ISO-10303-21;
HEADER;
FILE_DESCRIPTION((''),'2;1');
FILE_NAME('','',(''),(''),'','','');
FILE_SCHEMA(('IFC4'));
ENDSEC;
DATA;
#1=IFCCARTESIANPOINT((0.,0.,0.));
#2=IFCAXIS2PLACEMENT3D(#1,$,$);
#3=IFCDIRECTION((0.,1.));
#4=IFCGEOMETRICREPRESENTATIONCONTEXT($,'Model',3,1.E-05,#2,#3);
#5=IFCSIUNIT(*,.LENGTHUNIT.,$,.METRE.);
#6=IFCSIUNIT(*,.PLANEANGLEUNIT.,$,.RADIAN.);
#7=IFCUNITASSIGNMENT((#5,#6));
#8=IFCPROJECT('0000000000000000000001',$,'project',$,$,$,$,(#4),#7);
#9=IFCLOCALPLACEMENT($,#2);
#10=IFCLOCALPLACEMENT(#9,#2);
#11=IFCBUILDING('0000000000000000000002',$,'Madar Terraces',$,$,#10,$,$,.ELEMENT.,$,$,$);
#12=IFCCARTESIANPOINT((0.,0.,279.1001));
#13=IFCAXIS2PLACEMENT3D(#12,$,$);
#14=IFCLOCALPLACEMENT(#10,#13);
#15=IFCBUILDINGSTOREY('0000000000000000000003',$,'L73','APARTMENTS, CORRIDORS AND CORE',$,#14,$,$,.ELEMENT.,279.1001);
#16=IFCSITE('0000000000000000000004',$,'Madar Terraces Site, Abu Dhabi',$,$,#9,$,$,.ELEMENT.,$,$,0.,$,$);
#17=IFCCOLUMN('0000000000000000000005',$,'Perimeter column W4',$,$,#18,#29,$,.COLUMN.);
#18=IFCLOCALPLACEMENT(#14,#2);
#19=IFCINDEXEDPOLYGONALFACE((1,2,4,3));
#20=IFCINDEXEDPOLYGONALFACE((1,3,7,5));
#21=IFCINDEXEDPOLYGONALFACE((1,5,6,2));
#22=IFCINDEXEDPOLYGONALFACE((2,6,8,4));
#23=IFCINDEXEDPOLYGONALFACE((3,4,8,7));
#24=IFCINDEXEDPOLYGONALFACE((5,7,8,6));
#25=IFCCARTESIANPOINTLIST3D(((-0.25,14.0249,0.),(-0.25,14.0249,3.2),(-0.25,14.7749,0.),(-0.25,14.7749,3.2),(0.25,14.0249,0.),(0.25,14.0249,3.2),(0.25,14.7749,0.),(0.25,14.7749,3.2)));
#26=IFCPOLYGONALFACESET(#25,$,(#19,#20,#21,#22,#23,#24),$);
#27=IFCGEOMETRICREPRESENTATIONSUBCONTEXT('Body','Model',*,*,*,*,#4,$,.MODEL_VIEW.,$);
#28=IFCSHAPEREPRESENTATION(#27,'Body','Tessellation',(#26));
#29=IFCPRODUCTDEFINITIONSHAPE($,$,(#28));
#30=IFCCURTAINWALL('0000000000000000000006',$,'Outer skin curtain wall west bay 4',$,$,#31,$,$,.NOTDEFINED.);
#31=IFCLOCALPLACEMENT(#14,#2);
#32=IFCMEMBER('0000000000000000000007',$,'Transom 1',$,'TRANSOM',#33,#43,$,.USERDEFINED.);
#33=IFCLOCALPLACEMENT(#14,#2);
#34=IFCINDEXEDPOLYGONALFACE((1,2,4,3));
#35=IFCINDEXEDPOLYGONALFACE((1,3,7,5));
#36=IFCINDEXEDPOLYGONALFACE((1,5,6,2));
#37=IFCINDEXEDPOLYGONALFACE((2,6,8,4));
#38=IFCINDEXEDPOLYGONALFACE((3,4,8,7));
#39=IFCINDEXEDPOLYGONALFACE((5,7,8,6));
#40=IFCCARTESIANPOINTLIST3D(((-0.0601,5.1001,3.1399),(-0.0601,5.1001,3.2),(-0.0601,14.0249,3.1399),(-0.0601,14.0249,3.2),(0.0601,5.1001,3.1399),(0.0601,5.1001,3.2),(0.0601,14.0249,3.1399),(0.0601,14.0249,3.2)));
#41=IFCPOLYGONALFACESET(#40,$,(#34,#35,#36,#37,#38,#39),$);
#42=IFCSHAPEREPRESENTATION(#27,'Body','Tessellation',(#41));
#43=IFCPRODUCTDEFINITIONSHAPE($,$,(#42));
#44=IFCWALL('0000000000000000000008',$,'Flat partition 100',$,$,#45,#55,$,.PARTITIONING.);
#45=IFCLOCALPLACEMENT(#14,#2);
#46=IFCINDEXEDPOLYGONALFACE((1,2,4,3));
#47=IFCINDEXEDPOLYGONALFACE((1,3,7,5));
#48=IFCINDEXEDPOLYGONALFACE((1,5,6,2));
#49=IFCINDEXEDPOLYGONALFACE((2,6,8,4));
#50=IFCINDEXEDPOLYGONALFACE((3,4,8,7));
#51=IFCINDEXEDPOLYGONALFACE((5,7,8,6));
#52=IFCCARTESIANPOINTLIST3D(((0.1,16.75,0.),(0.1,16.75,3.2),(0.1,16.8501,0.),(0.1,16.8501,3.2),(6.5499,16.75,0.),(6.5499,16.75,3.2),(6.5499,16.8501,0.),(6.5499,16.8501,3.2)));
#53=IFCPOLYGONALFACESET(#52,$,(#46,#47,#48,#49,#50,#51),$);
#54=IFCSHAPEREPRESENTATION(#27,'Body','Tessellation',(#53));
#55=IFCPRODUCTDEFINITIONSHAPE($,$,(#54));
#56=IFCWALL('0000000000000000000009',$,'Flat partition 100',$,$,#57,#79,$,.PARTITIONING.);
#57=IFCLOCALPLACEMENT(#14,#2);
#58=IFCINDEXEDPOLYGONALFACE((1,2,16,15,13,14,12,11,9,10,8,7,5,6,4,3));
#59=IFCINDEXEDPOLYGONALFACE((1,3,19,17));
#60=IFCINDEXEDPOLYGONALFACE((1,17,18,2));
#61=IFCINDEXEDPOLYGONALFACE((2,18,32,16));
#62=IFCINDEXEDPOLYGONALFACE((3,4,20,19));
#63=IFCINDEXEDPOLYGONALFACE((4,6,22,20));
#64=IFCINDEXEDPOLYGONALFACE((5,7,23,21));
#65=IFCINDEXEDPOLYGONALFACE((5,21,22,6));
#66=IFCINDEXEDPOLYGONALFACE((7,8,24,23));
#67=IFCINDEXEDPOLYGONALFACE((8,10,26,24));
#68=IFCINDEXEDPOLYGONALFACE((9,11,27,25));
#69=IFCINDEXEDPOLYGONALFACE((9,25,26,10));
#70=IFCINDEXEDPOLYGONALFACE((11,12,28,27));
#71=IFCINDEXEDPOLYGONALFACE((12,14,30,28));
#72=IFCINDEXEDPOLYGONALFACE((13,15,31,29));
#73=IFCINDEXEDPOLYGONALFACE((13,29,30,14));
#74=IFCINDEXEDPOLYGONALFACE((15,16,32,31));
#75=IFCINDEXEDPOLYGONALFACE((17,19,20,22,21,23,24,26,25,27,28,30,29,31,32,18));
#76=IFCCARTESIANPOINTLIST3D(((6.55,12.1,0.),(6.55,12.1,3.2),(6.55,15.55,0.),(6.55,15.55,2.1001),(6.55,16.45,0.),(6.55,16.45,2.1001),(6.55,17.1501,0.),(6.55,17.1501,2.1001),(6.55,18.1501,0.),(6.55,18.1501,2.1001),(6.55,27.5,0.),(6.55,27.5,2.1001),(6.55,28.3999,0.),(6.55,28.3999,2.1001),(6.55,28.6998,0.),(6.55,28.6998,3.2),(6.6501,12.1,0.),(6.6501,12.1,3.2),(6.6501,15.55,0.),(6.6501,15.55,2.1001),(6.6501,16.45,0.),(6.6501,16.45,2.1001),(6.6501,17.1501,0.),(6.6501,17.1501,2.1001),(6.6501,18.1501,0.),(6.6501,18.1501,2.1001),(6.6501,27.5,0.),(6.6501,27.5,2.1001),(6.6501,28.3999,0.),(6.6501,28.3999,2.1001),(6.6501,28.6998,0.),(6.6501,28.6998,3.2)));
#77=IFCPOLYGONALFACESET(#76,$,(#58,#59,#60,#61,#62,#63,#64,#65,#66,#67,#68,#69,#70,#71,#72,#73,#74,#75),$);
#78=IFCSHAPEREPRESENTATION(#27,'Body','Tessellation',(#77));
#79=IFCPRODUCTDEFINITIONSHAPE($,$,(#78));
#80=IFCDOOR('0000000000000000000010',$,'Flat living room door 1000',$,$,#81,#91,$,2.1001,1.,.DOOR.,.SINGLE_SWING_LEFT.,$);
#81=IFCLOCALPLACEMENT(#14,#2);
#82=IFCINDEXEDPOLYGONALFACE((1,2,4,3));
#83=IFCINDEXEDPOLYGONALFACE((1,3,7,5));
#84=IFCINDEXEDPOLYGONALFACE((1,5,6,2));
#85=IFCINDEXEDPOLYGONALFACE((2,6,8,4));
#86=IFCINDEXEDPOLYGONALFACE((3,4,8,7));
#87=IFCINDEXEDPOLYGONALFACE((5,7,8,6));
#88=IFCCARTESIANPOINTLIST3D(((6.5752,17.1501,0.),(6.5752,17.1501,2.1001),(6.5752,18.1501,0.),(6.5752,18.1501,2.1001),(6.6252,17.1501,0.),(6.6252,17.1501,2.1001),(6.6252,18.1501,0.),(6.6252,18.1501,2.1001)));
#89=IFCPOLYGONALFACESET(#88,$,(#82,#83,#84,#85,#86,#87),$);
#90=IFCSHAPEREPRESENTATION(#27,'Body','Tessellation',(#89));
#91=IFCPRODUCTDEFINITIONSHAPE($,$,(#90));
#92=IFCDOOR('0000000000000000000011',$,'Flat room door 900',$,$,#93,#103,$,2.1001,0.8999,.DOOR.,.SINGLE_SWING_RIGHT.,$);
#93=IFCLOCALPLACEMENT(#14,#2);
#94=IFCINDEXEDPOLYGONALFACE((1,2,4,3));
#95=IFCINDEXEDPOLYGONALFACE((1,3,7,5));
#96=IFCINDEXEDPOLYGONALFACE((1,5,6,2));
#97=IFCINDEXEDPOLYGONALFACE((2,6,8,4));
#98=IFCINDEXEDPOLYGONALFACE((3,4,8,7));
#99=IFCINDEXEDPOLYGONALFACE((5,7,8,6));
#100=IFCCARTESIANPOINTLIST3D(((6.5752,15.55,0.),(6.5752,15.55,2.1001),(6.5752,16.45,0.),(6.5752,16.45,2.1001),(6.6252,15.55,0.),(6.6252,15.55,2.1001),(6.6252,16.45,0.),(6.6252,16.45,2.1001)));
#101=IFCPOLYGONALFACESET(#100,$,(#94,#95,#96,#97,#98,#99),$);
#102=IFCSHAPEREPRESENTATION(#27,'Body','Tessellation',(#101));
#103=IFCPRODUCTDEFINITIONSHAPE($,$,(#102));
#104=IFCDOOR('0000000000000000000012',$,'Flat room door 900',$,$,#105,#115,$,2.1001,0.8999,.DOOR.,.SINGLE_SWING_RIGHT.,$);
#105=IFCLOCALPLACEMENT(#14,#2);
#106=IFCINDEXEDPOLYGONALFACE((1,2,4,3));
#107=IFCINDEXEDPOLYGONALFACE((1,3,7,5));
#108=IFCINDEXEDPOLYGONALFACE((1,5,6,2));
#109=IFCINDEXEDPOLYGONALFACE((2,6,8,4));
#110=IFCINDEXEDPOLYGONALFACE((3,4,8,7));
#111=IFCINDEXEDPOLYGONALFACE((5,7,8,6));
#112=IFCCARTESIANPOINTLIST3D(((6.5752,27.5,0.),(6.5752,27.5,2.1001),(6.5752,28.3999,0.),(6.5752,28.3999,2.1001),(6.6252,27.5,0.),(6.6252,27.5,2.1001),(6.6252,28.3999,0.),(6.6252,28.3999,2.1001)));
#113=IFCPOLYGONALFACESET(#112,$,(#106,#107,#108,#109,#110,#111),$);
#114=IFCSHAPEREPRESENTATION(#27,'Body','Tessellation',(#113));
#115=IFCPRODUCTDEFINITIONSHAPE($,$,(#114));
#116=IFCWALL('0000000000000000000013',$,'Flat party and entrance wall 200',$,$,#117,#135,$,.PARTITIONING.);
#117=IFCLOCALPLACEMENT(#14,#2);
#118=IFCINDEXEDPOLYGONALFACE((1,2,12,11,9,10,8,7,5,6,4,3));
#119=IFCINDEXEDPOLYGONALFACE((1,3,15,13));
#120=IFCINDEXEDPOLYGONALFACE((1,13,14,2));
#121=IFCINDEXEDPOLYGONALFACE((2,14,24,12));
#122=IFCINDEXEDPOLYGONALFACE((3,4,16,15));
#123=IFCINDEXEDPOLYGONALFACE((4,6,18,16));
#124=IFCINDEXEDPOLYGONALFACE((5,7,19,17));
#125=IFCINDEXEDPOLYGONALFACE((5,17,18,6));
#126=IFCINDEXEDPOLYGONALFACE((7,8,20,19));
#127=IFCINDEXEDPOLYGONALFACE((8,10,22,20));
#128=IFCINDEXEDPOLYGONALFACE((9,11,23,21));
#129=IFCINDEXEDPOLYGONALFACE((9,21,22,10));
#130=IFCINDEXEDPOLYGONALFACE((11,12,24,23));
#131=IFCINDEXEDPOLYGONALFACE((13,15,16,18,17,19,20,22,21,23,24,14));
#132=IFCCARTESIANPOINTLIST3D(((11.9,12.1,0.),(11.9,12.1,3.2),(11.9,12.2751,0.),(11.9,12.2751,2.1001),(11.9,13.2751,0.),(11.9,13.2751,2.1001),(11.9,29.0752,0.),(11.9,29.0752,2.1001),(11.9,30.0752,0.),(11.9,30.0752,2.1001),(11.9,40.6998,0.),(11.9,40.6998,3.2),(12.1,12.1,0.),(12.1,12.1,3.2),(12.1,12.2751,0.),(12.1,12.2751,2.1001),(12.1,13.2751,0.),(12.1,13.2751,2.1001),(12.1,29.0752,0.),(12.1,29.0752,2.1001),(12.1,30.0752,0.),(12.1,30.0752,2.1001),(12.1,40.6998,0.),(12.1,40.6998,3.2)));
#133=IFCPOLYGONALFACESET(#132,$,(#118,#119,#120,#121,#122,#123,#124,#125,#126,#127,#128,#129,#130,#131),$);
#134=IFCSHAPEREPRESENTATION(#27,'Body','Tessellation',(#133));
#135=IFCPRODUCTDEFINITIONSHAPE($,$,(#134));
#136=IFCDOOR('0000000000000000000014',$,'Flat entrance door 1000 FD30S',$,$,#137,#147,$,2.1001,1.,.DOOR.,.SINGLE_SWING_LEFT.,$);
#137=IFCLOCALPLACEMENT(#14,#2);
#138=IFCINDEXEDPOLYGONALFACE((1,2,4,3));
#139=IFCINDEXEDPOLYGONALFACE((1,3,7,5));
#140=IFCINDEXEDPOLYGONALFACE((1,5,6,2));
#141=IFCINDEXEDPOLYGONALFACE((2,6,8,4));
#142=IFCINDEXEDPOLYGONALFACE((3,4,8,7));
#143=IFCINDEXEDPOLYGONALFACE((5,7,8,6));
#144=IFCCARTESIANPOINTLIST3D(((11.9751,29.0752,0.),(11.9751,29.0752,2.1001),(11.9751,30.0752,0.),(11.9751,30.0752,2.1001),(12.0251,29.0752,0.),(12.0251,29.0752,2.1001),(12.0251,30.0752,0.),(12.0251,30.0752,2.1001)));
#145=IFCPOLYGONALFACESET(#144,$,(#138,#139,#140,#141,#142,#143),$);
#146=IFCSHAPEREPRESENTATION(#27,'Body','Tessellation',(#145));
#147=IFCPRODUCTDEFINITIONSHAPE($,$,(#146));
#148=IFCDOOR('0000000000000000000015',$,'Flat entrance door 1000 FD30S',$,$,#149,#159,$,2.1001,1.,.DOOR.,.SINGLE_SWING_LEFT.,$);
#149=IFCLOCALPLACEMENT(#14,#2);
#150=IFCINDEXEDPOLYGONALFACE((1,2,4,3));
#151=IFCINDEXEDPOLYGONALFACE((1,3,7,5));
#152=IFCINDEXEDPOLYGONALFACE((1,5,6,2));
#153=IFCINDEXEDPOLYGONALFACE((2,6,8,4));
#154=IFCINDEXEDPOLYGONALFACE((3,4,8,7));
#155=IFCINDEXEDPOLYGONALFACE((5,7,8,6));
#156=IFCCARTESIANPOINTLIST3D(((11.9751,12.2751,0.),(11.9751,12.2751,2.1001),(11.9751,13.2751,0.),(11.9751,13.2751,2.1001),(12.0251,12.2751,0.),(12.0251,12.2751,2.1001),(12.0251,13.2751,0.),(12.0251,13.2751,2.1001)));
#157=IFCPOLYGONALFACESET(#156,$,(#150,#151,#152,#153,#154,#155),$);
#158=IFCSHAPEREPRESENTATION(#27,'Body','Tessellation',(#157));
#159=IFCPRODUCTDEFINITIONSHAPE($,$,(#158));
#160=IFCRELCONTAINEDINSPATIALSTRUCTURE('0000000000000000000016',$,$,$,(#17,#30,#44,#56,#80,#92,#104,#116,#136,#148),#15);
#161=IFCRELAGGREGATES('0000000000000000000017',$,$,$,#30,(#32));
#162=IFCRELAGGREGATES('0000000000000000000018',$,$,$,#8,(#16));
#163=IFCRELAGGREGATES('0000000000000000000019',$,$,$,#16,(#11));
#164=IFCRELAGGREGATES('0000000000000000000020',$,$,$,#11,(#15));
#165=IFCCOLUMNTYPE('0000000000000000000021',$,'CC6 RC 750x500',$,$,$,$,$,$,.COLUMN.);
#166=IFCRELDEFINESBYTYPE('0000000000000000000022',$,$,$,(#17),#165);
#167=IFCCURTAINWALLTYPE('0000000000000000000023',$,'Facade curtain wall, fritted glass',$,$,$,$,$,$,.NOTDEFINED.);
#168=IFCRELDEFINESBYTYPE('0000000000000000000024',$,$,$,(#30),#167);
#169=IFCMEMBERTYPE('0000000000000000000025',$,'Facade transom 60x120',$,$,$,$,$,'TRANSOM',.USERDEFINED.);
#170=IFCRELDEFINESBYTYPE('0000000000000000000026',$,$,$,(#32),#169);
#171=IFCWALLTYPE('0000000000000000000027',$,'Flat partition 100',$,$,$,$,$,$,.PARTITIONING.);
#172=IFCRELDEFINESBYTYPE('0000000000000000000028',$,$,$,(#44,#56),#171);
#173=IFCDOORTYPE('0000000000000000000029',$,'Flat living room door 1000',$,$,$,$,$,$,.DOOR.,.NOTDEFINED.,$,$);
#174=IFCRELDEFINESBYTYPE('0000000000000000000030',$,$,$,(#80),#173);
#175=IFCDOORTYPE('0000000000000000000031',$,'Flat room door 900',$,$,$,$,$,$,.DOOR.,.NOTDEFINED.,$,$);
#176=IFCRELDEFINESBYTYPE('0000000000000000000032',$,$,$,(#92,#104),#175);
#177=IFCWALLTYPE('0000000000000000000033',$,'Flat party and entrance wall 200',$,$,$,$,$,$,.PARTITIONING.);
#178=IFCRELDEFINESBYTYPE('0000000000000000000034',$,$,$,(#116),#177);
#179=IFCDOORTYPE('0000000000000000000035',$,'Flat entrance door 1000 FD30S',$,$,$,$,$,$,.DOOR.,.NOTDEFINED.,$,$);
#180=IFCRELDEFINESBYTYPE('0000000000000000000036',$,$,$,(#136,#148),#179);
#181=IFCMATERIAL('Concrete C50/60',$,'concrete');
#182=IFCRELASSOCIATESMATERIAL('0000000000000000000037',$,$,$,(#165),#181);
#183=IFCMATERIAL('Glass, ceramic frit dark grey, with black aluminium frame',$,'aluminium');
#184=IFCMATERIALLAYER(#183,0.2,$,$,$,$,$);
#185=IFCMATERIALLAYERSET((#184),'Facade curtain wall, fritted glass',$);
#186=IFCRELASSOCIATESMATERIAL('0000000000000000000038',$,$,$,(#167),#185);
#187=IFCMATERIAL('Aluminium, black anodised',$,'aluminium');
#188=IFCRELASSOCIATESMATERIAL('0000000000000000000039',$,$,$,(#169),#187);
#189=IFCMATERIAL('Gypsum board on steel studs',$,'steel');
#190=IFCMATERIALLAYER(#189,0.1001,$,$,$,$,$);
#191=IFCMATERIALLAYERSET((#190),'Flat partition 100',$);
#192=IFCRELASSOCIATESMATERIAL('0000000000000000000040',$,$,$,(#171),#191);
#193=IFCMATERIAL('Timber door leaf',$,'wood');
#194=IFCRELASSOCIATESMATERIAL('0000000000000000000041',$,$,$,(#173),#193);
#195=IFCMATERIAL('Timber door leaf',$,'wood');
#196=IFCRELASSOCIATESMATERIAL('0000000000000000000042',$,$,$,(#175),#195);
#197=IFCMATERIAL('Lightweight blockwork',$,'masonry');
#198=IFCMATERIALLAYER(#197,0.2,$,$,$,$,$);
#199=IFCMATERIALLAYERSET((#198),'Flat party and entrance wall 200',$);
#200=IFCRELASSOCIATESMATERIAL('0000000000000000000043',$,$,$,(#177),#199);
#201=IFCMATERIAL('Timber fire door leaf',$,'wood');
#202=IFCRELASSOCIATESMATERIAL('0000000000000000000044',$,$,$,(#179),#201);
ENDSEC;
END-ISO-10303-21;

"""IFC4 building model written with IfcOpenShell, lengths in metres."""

from ifc_helpers import new_model, si_unit, direction, frame, frame_2d, origin, origin_2d, place, context, subcontext, project, spatial, rectangle, extrude, material, layer, layer_set, material_profile, profile_set, type_object, element, fill, aggregate, save


model = new_model("IFC4")

# Units and contexts
model_context = context("Model", 3, precision=1e-05, world=origin(), true_north=direction((0.0, 1.0)))
body_context = subcontext(model_context, "Body", "Model", "MODEL_VIEW")
ifc_project = project(units=[si_unit("LENGTHUNIT", "METRE"), si_unit("PLANEANGLEUNIT", "RADIAN")], contexts=[model_context])

# Site, building, storey
site_placement = place(None, origin())
site = spatial("IfcSite", under=ifc_project, at=site_placement, Name="Madar Terraces Site, Abu Dhabi", CompositionType="ELEMENT", RefElevation=0.0)
building_placement = place(site_placement, origin())
building = spatial("IfcBuilding", under=site, at=building_placement, Name="Madar Terraces", CompositionType="ELEMENT")
storey_placement = place(building_placement, frame((0.0, 0.0, 279.1001)))
storey = spatial("IfcBuildingStorey", under=building, at=storey_placement, Name="L73", Description="APARTMENTS, CORRIDORS AND CORE", CompositionType="ELEMENT", Elevation=279.1001)

# Column
ifc_material_1 = material(Name="Concrete C50/60", Category="concrete")
ifc_material_profile_1 = material_profile(ifc_material_1, rectangle(XDim=0.75, YDim=0.5, at=origin_2d()), Name="CC6 RC 750x500")
ifc_profile_set_1 = profile_set([ifc_material_profile_1], Name="Concrete C50/60")
column_type = type_object("IfcColumnType", Name="CC6 RC 750x500", PredefinedType="COLUMN", material=ifc_profile_set_1)
column_placement = place(storey_placement, frame((0.0, 14.3999, 0.0), z_axis=(0.0, 0.0, 1.0), x_axis=(0.0, 1.0, 0.0)))
element("IfcColumn", 1, at=column_placement, inside=storey, type_object=column_type, Name="Perimeter column W4", PredefinedType="COLUMN", context=body_context, shape_type="SweptSolid", body=[
    extrude(rectangle(XDim=0.75, YDim=0.5, at=origin_2d()), origin(), (0.0, 0.0, 1.0), 3.2),
])

# Curtain wall, member
ifc_material_2 = material(Name="Glass, ceramic frit dark grey, with black aluminium frame", Category="aluminium")
ifc_layer_1 = layer(ifc_material_2, 0.2)
ifc_layer_set_1 = layer_set([ifc_layer_1], Name="Facade curtain wall, fritted glass")
curtain_wall_type = type_object("IfcCurtainWallType", Name="Facade curtain wall, fritted glass", PredefinedType="NOTDEFINED", material=ifc_layer_set_1)
curtain_wall_placement = place(storey_placement, origin())
curtain_wall = element("IfcCurtainWall", 2, at=curtain_wall_placement, inside=storey, type_object=curtain_wall_type, Name="Outer skin curtain wall west bay 4", PredefinedType="NOTDEFINED")
ifc_material_3 = material(Name="Aluminium, black anodised", Category="aluminium")
ifc_material_profile_2 = material_profile(ifc_material_3, rectangle(XDim=0.1201, YDim=0.0601, at=origin_2d()), Name="Facade transom 60x120")
ifc_profile_set_2 = profile_set([ifc_material_profile_2], Name="Aluminium, black anodised")
member_type = type_object("IfcMemberType", Name="Facade transom 60x120", ElementType="TRANSOM", PredefinedType="USERDEFINED", material=ifc_profile_set_2)
member_placement = place(storey_placement, frame((0.0, 14.0249, 3.1699), z_axis=(0.0, -1.0, 0.0), x_axis=(1.0, 0.0, 0.0)))
member = element("IfcMember", 3, at=member_placement, type_object=member_type, Name="Transom 1", ObjectType="TRANSOM", PredefinedType="USERDEFINED", context=body_context, shape_type="SweptSolid", body=[
    extrude(rectangle(XDim=0.1201, YDim=0.0601, at=origin_2d()), origin(), (0.0, 0.0, 1.0), 8.9248),
])
aggregate(curtain_wall, [member])

# Wall
ifc_material_4 = material(Name="Gypsum board on steel studs", Category="steel")
ifc_layer_2 = layer(ifc_material_4, 0.1001)
ifc_layer_set_2 = layer_set([ifc_layer_2], Name="Flat partition 100")
wall_type_1 = type_object("IfcWallType", Name="Flat partition 100", PredefinedType="PARTITIONING", material=ifc_layer_set_2)
wall_1_placement = place(storey_placement, frame((6.55, 16.8, 0.0), z_axis=(0.0, 0.0, 1.0), x_axis=(-1.0, 0.0, 0.0)))
element("IfcWall", 4, at=wall_1_placement, inside=storey, type_object=wall_type_1, Name="Flat partition 100", PredefinedType="PARTITIONING", context=body_context, shape_type="SweptSolid", body=[
    extrude(rectangle(XDim=6.45, YDim=0.1001, at=frame_2d((3.2251, 0.0))), origin(), (0.0, 0.0, 1.0), 3.2),
])

# Walls, openings, doors
wall_2_placement = place(storey_placement, frame((6.6001, 12.1001, 0.0), z_axis=(0.0, 0.0, 1.0), x_axis=(0.0, 1.0, 0.0)))
wall_2 = element("IfcWall", 5, at=wall_2_placement, inside=storey, type_object=wall_type_1, Name="Flat partition 100", PredefinedType="PARTITIONING", context=body_context, shape_type="SweptSolid", body=[
    extrude(rectangle(XDim=16.5999, YDim=0.1001, at=frame_2d((8.2998, 0.0))), origin(), (0.0, 0.0, 1.0), 3.2),
])
opening_1_placement = place(wall_2_placement, frame((3.45, 0.0, 0.0)))
opening_1 = element("IfcOpeningElement", 6, at=opening_1_placement, cuts=wall_2, PredefinedType="OPENING", context=body_context, shape_type="SweptSolid", body=[
    extrude(rectangle(XDim=0.8999, YDim=2.1001, at=frame_2d((0.45, 1.05))), frame((0.0, 0.0601, 0.0), z_axis=(0.0, -1.0, 0.0), x_axis=(1.0, 0.0, 0.0)), (0.0, 0.0, 1.0), 0.1201),
])
opening_2_placement = place(wall_2_placement, frame((5.05, 0.0, 0.0)))
opening_2 = element("IfcOpeningElement", 7, at=opening_2_placement, cuts=wall_2, PredefinedType="OPENING", context=body_context, shape_type="SweptSolid", body=[
    extrude(rectangle(XDim=1.0, YDim=2.1001, at=frame_2d((0.5, 1.05))), frame((0.0, 0.0601, 0.0), z_axis=(0.0, -1.0, 0.0), x_axis=(1.0, 0.0, 0.0)), (0.0, 0.0, 1.0), 0.1201),
])
opening_3_placement = place(wall_2_placement, frame((15.3999, 0.0, 0.0)))
opening_3 = element("IfcOpeningElement", 8, at=opening_3_placement, cuts=wall_2, PredefinedType="OPENING", context=body_context, shape_type="SweptSolid", body=[
    extrude(rectangle(XDim=0.8999, YDim=2.1001, at=frame_2d((0.45, 1.05))), frame((0.0, 0.0601, 0.0), z_axis=(0.0, -1.0, 0.0), x_axis=(1.0, 0.0, 0.0)), (0.0, 0.0, 1.0), 0.1201),
])
ifc_material_5 = material(Name="Timber door leaf", Category="wood")
door_type_1 = type_object("IfcDoorType", Name="Flat living room door 1000", OperationType="NOTDEFINED", PredefinedType="DOOR", material=ifc_material_5)
door_1_placement = place(opening_2_placement, origin())
door_1 = element("IfcDoor", 9, at=door_1_placement, inside=storey, type_object=door_type_1, Name="Flat living room door 1000", OperationType="SINGLE_SWING_LEFT", OverallHeight=2.1001, OverallWidth=1.0, PredefinedType="DOOR", context=body_context, shape_type="SweptSolid", body=[
    extrude(rectangle(XDim=1.0, YDim=2.1001, at=frame_2d((0.5, 1.05))), frame((0.0, 0.0249, 0.0), z_axis=(0.0, -1.0, 0.0), x_axis=(1.0, 0.0, 0.0)), (0.0, 0.0, 1.0), 0.05),
])
fill(opening_2, door_1)
ifc_material_6 = material(Name="Timber door leaf", Category="wood")
door_type_2 = type_object("IfcDoorType", Name="Flat room door 900", OperationType="NOTDEFINED", PredefinedType="DOOR", material=ifc_material_6)
door_2_placement = place(opening_1_placement, origin())
door_2 = element("IfcDoor", 10, at=door_2_placement, inside=storey, type_object=door_type_2, Name="Flat room door 900", OperationType="SINGLE_SWING_RIGHT", OverallHeight=2.1001, OverallWidth=0.8999, PredefinedType="DOOR", context=body_context, shape_type="SweptSolid", body=[
    extrude(rectangle(XDim=0.8999, YDim=2.1001, at=frame_2d((0.45, 1.05))), frame((0.0, 0.0249, 0.0), z_axis=(0.0, -1.0, 0.0), x_axis=(1.0, 0.0, 0.0)), (0.0, 0.0, 1.0), 0.05),
])
fill(opening_1, door_2)
door_3_placement = place(opening_3_placement, origin())
door_3 = element("IfcDoor", 11, at=door_3_placement, inside=storey, type_object=door_type_2, Name="Flat room door 900", OperationType="SINGLE_SWING_RIGHT", OverallHeight=2.1001, OverallWidth=0.8999, PredefinedType="DOOR", context=body_context, shape_type="SweptSolid", body=[
    extrude(rectangle(XDim=0.8999, YDim=2.1001, at=frame_2d((0.45, 1.05))), frame((0.0, 0.0249, 0.0), z_axis=(0.0, -1.0, 0.0), x_axis=(1.0, 0.0, 0.0)), (0.0, 0.0, 1.0), 0.05),
])
fill(opening_3, door_3)
ifc_material_7 = material(Name="Lightweight blockwork", Category="masonry")
ifc_layer_3 = layer(ifc_material_7, 0.2)
ifc_layer_set_3 = layer_set([ifc_layer_3], Name="Flat party and entrance wall 200")
wall_type_2 = type_object("IfcWallType", Name="Flat party and entrance wall 200", PredefinedType="PARTITIONING", material=ifc_layer_set_3)
wall_3_placement = place(storey_placement, frame((12.0, 12.1001, 0.0), z_axis=(0.0, 0.0, 1.0), x_axis=(0.0, 1.0, 0.0)))
wall_3 = element("IfcWall", 12, at=wall_3_placement, inside=storey, type_object=wall_type_2, Name="Flat party and entrance wall 200", PredefinedType="PARTITIONING", context=body_context, shape_type="SweptSolid", body=[
    extrude(rectangle(XDim=28.5999, YDim=0.2, at=frame_2d((14.2998, 0.0))), origin(), (0.0, 0.0, 1.0), 3.2),
])
opening_4_placement = place(wall_3_placement, frame((16.9751, 0.0, 0.0)))
opening_4 = element("IfcOpeningElement", 13, at=opening_4_placement, cuts=wall_3, PredefinedType="OPENING", context=body_context, shape_type="SweptSolid", body=[
    extrude(rectangle(XDim=1.0, YDim=2.1001, at=frame_2d((0.5, 1.05))), frame((0.0, 0.1099, 0.0), z_axis=(0.0, -1.0, 0.0), x_axis=(1.0, 0.0, 0.0)), (0.0, 0.0, 1.0), 0.22),
])
opening_5_placement = place(wall_3_placement, frame((0.175, 0.0, 0.0)))
opening_5 = element("IfcOpeningElement", 14, at=opening_5_placement, cuts=wall_3, PredefinedType="OPENING", context=body_context, shape_type="SweptSolid", body=[
    extrude(rectangle(XDim=1.0, YDim=2.1001, at=frame_2d((0.5, 1.05))), frame((0.0, 0.1099, 0.0), z_axis=(0.0, -1.0, 0.0), x_axis=(1.0, 0.0, 0.0)), (0.0, 0.0, 1.0), 0.22),
])
ifc_material_8 = material(Name="Timber fire door leaf", Category="wood")
door_type_3 = type_object("IfcDoorType", Name="Flat entrance door 1000 FD30S", OperationType="NOTDEFINED", PredefinedType="DOOR", material=ifc_material_8)
door_4_placement = place(opening_4_placement, origin())
door_4 = element("IfcDoor", 15, at=door_4_placement, inside=storey, type_object=door_type_3, Name="Flat entrance door 1000 FD30S", OperationType="SINGLE_SWING_LEFT", OverallHeight=2.1001, OverallWidth=1.0, PredefinedType="DOOR", context=body_context, shape_type="SweptSolid", body=[
    extrude(rectangle(XDim=1.0, YDim=2.1001, at=frame_2d((0.5, 1.05))), frame((0.0, 0.0249, 0.0), z_axis=(0.0, -1.0, 0.0), x_axis=(1.0, 0.0, 0.0)), (0.0, 0.0, 1.0), 0.05),
])
fill(opening_4, door_4)
door_5_placement = place(opening_5_placement, origin())
door_5 = element("IfcDoor", 16, at=door_5_placement, inside=storey, type_object=door_type_3, Name="Flat entrance door 1000 FD30S", OperationType="SINGLE_SWING_LEFT", OverallHeight=2.1001, OverallWidth=1.0, PredefinedType="DOOR", context=body_context, shape_type="SweptSolid", body=[
    extrude(rectangle(XDim=1.0, YDim=2.1001, at=frame_2d((0.5, 1.05))), frame((0.0, 0.0249, 0.0), z_axis=(0.0, -1.0, 0.0), x_axis=(1.0, 0.0, 0.0)), (0.0, 0.0, 1.0), 0.05),
])
fill(opening_5, door_5)

save(model, "model.ifc")
